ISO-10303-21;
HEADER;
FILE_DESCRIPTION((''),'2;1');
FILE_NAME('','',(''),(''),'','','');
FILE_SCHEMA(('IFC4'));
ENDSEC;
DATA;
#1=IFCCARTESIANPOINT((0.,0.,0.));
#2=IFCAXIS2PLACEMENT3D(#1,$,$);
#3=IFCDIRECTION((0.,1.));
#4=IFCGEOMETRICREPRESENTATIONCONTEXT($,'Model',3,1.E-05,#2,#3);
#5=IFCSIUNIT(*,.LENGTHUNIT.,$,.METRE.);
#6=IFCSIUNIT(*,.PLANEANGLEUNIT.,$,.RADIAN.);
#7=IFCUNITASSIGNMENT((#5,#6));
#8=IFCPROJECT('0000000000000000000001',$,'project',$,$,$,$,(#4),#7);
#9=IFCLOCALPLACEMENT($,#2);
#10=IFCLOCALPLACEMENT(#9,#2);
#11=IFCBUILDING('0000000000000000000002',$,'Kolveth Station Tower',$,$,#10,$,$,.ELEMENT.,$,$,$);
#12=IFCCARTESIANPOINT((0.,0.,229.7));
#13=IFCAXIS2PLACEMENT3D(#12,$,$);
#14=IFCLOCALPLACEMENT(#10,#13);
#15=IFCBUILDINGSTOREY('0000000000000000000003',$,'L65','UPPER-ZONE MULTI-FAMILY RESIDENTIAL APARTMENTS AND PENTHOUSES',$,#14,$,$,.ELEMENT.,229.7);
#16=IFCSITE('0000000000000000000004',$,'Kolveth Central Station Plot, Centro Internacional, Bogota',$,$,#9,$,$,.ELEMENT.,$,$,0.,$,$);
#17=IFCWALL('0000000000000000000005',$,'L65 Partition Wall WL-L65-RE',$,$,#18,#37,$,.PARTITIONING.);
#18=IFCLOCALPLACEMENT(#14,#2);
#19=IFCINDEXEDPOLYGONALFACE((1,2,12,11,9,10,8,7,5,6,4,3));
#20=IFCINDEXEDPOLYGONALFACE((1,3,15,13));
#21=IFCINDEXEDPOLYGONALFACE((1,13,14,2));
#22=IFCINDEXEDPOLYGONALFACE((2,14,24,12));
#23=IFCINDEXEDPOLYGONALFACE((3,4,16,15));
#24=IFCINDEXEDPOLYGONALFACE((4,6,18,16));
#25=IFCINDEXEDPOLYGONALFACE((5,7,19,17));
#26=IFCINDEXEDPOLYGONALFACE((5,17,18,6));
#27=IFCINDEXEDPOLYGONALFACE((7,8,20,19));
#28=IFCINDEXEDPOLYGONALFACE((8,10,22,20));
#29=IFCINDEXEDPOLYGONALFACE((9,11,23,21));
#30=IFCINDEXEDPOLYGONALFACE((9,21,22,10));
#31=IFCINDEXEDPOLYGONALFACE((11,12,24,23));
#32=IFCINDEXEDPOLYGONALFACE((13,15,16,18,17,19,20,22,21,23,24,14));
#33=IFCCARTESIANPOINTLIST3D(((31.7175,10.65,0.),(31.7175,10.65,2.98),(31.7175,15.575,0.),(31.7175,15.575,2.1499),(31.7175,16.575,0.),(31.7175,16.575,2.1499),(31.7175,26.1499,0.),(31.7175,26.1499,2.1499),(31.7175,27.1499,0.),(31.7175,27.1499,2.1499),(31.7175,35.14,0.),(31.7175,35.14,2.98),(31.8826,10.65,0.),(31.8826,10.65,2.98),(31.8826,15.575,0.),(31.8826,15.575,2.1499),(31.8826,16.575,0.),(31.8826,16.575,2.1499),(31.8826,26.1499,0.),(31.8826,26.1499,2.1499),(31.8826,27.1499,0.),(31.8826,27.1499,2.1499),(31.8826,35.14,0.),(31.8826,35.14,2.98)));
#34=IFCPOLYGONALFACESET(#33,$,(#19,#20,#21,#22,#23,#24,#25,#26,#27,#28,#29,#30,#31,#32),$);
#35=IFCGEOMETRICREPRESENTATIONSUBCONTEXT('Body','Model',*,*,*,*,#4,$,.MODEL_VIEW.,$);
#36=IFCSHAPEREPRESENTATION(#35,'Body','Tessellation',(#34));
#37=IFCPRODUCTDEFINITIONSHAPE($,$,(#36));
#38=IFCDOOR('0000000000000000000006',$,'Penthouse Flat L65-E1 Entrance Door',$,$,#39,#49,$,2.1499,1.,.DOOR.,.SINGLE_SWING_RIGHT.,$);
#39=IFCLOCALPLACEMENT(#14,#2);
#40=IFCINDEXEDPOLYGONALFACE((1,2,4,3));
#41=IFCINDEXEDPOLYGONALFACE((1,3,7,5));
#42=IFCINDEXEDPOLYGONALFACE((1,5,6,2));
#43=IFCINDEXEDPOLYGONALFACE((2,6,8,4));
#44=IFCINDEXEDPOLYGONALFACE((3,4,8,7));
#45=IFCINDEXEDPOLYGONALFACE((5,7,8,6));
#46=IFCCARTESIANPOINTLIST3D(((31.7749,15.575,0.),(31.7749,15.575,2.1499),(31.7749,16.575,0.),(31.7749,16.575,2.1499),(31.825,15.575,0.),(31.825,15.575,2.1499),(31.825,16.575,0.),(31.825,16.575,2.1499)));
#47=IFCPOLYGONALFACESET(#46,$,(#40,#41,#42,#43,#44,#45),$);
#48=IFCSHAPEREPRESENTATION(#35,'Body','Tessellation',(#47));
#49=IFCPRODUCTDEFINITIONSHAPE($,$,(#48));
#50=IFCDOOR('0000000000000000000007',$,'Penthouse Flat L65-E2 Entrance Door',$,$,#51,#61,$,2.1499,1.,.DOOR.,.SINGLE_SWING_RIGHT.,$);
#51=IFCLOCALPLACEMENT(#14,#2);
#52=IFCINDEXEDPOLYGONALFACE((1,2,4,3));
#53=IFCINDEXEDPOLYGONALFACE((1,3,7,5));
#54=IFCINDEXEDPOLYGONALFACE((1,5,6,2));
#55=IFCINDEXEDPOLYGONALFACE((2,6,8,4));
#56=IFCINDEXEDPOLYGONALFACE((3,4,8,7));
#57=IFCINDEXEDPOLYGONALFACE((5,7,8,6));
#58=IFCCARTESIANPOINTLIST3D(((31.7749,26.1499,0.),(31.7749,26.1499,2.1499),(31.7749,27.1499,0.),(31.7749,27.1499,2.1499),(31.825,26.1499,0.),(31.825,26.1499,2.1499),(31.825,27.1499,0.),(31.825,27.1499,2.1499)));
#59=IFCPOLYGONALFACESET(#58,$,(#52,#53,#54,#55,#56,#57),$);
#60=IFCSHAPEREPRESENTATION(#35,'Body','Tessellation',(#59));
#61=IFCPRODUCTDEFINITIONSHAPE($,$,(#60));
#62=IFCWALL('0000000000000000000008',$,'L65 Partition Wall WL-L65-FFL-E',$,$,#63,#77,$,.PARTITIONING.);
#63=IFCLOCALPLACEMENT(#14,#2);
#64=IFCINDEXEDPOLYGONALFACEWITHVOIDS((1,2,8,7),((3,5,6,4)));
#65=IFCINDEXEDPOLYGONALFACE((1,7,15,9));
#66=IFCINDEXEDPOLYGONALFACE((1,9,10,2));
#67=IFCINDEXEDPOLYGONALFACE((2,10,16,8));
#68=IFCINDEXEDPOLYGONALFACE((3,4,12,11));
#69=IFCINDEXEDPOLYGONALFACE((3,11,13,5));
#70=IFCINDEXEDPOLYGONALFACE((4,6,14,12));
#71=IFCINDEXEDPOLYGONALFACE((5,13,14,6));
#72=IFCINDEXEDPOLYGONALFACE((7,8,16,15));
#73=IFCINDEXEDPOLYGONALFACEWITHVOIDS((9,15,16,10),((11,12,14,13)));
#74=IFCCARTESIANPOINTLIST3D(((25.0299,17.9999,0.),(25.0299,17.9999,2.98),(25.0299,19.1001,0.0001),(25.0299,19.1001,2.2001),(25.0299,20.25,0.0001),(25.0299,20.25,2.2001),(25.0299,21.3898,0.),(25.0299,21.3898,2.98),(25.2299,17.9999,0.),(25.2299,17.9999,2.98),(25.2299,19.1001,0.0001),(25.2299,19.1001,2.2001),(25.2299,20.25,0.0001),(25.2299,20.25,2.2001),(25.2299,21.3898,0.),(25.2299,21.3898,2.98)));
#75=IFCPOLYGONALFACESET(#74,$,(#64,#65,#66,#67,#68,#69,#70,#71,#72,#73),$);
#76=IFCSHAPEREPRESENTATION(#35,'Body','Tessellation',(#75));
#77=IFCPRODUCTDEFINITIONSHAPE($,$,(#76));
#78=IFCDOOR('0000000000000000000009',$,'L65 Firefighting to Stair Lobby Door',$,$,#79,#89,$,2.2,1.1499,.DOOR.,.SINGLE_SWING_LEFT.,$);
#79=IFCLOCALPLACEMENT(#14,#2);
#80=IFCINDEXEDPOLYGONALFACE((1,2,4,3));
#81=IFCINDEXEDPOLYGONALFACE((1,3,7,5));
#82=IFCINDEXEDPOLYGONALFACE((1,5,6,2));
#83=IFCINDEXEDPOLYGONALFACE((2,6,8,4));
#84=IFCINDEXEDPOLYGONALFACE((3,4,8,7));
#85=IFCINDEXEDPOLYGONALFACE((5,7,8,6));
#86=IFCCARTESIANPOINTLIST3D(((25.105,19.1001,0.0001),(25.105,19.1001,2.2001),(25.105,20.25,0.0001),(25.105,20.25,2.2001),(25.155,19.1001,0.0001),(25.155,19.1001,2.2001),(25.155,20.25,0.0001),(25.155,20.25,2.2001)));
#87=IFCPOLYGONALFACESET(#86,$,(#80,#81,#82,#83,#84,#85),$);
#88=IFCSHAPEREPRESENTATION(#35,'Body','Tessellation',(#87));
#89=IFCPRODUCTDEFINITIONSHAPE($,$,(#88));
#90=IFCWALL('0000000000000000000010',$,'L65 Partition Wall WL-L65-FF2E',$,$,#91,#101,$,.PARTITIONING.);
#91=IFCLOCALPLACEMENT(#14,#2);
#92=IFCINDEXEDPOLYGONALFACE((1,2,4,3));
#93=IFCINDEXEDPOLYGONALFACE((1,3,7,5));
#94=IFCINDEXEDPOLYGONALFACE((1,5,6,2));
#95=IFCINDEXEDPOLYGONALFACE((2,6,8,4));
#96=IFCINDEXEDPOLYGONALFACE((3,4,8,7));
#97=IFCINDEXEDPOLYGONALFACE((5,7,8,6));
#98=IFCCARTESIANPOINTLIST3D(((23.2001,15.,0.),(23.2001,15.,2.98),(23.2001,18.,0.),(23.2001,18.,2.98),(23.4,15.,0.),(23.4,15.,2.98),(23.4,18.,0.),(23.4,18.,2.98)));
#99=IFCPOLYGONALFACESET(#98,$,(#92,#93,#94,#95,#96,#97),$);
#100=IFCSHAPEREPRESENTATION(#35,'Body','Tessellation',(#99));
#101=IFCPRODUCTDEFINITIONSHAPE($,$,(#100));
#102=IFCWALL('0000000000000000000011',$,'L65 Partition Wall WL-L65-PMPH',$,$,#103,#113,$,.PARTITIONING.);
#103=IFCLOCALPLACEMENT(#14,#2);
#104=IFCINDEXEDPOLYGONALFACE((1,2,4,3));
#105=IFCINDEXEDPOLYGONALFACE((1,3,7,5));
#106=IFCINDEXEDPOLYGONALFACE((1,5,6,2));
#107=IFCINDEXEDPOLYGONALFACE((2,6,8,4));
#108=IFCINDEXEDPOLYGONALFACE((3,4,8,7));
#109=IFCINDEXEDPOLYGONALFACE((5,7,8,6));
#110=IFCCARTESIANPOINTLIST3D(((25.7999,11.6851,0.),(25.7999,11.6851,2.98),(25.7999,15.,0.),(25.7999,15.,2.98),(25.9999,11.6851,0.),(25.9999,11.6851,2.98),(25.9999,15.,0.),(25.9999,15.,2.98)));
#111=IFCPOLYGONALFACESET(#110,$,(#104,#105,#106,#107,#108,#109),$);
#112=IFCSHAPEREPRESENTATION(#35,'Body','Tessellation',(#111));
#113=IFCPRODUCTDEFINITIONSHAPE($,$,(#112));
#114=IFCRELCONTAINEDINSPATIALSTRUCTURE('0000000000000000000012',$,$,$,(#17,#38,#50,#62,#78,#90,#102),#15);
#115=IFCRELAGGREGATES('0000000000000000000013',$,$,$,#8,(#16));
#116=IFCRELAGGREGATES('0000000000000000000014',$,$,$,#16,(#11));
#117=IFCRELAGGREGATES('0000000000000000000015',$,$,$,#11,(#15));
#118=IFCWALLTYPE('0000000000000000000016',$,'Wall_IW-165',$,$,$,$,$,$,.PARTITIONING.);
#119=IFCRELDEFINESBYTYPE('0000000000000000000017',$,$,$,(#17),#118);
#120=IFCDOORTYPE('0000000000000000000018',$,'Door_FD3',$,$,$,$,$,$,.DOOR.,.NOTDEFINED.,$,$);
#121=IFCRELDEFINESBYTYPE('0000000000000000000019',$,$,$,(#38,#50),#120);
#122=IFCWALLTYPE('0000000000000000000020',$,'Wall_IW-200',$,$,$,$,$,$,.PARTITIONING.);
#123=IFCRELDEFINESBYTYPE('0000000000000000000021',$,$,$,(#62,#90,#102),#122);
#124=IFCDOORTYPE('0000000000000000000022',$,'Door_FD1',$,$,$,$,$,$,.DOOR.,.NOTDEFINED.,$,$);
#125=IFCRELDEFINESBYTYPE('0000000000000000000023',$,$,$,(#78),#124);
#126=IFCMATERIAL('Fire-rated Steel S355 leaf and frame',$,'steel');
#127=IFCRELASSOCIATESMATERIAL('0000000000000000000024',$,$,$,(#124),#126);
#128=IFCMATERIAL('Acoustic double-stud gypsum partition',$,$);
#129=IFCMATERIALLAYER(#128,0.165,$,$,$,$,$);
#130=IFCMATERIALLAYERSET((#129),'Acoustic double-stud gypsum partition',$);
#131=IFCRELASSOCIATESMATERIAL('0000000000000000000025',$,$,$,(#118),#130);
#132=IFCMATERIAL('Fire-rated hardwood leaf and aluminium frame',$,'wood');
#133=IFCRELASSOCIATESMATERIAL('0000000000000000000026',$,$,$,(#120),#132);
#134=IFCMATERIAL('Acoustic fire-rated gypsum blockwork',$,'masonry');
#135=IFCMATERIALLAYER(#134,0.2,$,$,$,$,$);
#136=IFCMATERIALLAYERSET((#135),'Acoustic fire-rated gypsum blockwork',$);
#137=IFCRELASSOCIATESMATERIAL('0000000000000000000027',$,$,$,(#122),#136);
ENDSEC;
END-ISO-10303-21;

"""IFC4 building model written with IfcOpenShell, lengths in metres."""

from ifc_helpers import new_model, si_unit, direction, frame, frame_2d, origin, place, context, subcontext, project, spatial, rectangle, extrude, material, layer, layer_set, type_object, element, fill, save


model = new_model("IFC4")

# Units and contexts
model_context = context("Model", 3, precision=1e-05, world=origin(), true_north=direction((0.0, 1.0)))
body_context = subcontext(model_context, "Body", "Model", "MODEL_VIEW")
ifc_project = project(units=[si_unit("LENGTHUNIT", "METRE"), si_unit("PLANEANGLEUNIT", "RADIAN")], contexts=[model_context])

# Site, building, storey
site_placement = place(None, origin())
site = spatial("IfcSite", under=ifc_project, at=site_placement, Name="Kolveth Central Station Plot, Centro Internacional, Bogota", CompositionType="ELEMENT", RefElevation=0.0)
building_placement = place(site_placement, origin())
building = spatial("IfcBuilding", under=site, at=building_placement, Name="Kolveth Station Tower", CompositionType="ELEMENT")
storey_placement = place(building_placement, frame((0.0, 0.0, 229.7)))
storey = spatial("IfcBuildingStorey", under=building, at=storey_placement, Name="L65", Description="UPPER-ZONE MULTI-FAMILY RESIDENTIAL APARTMENTS AND PENTHOUSES", CompositionType="ELEMENT", Elevation=229.7)

# Shared definitions
ifc_material_1 = material(Name="Fire-rated Steel S355 leaf and frame", Category="steel")
door_type_1 = type_object("IfcDoorType", Name="Door_FD1", OperationType="NOTDEFINED", PredefinedType="DOOR", material=ifc_material_1)

# Shared definitions
ifc_material_2 = material(Name="Acoustic double-stud gypsum partition")
ifc_layer_1 = layer(ifc_material_2, 0.165)
ifc_layer_set_1 = layer_set([ifc_layer_1], Name="Acoustic double-stud gypsum partition")
wall_type_1 = type_object("IfcWallType", Name="Wall_IW-165", PredefinedType="PARTITIONING", material=ifc_layer_set_1)

# Wall, openings, doors
wall_1_placement = place(storey_placement, frame((31.8, 10.6499, 0.0), z_axis=(0.0, 0.0, 1.0), x_axis=(0.0, 1.0, 0.0)))
wall_1 = element("IfcWall", 1, at=wall_1_placement, inside=storey, type_object=wall_type_1, Name="L65 Partition Wall WL-L65-RE", PredefinedType="PARTITIONING", context=body_context, shape_type="SweptSolid", body=[
    extrude(rectangle(XDim=24.49, YDim=0.165, at=frame_2d((12.2451, 0.0))), origin(), (0.0, 0.0, 1.0), 2.98),
])
opening_1_placement = place(wall_1_placement, frame((4.925, 0.0, 0.0)))
opening_1 = element("IfcOpeningElement", 2, at=opening_1_placement, cuts=wall_1, PredefinedType="OPENING", context=body_context, shape_type="SweptSolid", body=[
    extrude(rectangle(XDim=1.0, YDim=2.1499, at=frame_2d((0.5, 1.075))), frame((0.0, 0.0925, 0.0), z_axis=(0.0, -1.0, 0.0), x_axis=(1.0, 0.0, 0.0)), (0.0, 0.0, 1.0), 0.1851),
])
opening_2_placement = place(wall_1_placement, frame((15.5, 0.0, 0.0)))
opening_2 = element("IfcOpeningElement", 3, at=opening_2_placement, cuts=wall_1, PredefinedType="OPENING", context=body_context, shape_type="SweptSolid", body=[
    extrude(rectangle(XDim=1.0, YDim=2.1499, at=frame_2d((0.5, 1.075))), frame((0.0, 0.0925, 0.0), z_axis=(0.0, -1.0, 0.0), x_axis=(1.0, 0.0, 0.0)), (0.0, 0.0, 1.0), 0.1851),
])
ifc_material_3 = material(Name="Fire-rated hardwood leaf and aluminium frame", Category="wood")
door_type_2 = type_object("IfcDoorType", Name="Door_FD3", OperationType="NOTDEFINED", PredefinedType="DOOR", material=ifc_material_3)
door_1_placement = place(opening_1_placement, frame((1.0, 0.0, 0.0), z_axis=(0.0, 0.0, 1.0), x_axis=(-1.0, 0.0, 0.0)))
door_1 = element("IfcDoor", 4, at=door_1_placement, inside=storey, type_object=door_type_2, Name="Penthouse Flat L65-E1 Entrance Door", OperationType="SINGLE_SWING_RIGHT", OverallHeight=2.1499, OverallWidth=1.0, PredefinedType="DOOR", context=body_context, shape_type="SweptSolid", body=[
    extrude(rectangle(XDim=1.0, YDim=2.1499, at=frame_2d((0.5, 1.075))), frame((0.0, 0.0249, 0.0), z_axis=(0.0, -1.0, 0.0), x_axis=(1.0, 0.0, 0.0)), (0.0, 0.0, 1.0), 0.05),
])
fill(opening_1, door_1)
door_2_placement = place(opening_2_placement, frame((1.0, 0.0, 0.0), z_axis=(0.0, 0.0, 1.0), x_axis=(-1.0, 0.0, 0.0)))
door_2 = element("IfcDoor", 5, at=door_2_placement, inside=storey, type_object=door_type_2, Name="Penthouse Flat L65-E2 Entrance Door", OperationType="SINGLE_SWING_RIGHT", OverallHeight=2.1499, OverallWidth=1.0, PredefinedType="DOOR", context=body_context, shape_type="SweptSolid", body=[
    extrude(rectangle(XDim=1.0, YDim=2.1499, at=frame_2d((0.5, 1.075))), frame((0.0, 0.0249, 0.0), z_axis=(0.0, -1.0, 0.0), x_axis=(1.0, 0.0, 0.0)), (0.0, 0.0, 1.0), 0.05),
])
fill(opening_2, door_2)

# Wall, opening, door
ifc_material_4 = material(Name="Acoustic fire-rated gypsum blockwork", Category="masonry")
ifc_layer_2 = layer(ifc_material_4, 0.2)
ifc_layer_set_2 = layer_set([ifc_layer_2], Name="Acoustic fire-rated gypsum blockwork")
wall_type_2 = type_object("IfcWallType", Name="Wall_IW-200", PredefinedType="PARTITIONING", material=ifc_layer_set_2)
wall_2_placement = place(storey_placement, frame((25.1299, 18.0, 0.0), z_axis=(0.0, 0.0, 1.0), x_axis=(0.0, 1.0, 0.0)))
wall_2 = element("IfcWall", 6, at=wall_2_placement, inside=storey, type_object=wall_type_2, Name="L65 Partition Wall WL-L65-FFL-E", PredefinedType="PARTITIONING", context=body_context, shape_type="SweptSolid", body=[
    extrude(rectangle(XDim=3.3899, YDim=0.2, at=frame_2d((1.6948, 0.0))), origin(), (0.0, 0.0, 1.0), 2.98),
])
opening_3_placement = place(wall_2_placement, frame((1.1001, 0.0, 0.0)))
opening_3 = element("IfcOpeningElement", 7, at=opening_3_placement, cuts=wall_2, PredefinedType="OPENING", context=body_context, shape_type="SweptSolid", body=[
    extrude(rectangle(XDim=1.1499, YDim=2.2, at=frame_2d((0.575, 1.1001))), frame((0.0, 0.1099, 0.0), z_axis=(0.0, -1.0, 0.0), x_axis=(1.0, 0.0, 0.0)), (0.0, 0.0, 1.0), 0.22),
])
door_3_placement = place(opening_3_placement, origin())
door_3 = element("IfcDoor", 8, at=door_3_placement, inside=storey, type_object=door_type_1, Name="L65 Firefighting to Stair Lobby Door", OperationType="SINGLE_SWING_LEFT", OverallHeight=2.2, OverallWidth=1.1499, PredefinedType="DOOR", context=body_context, shape_type="SweptSolid", body=[
    extrude(rectangle(XDim=1.1499, YDim=2.2, at=frame_2d((0.575, 1.1001))), frame((0.0, 0.0249, 0.0), z_axis=(0.0, -1.0, 0.0), x_axis=(1.0, 0.0, 0.0)), (0.0, 0.0, 1.0), 0.05),
])
fill(opening_3, door_3)

# Walls
wall_3_placement = place(storey_placement, frame((23.3, 15.0, 0.0), z_axis=(0.0, 0.0, 1.0), x_axis=(0.0, 1.0, 0.0)))
element("IfcWall", 9, at=wall_3_placement, inside=storey, type_object=wall_type_2, Name="L65 Partition Wall WL-L65-FF2E", PredefinedType="PARTITIONING", context=body_context, shape_type="SweptSolid", body=[
    extrude(rectangle(XDim=3.0, YDim=0.2, at=frame_2d((1.5, 0.0))), origin(), (0.0, 0.0, 1.0), 2.98),
])
wall_4_placement = place(storey_placement, frame((25.8999, 11.6851, 0.0), z_axis=(0.0, 0.0, 1.0), x_axis=(0.0, 1.0, 0.0)))
element("IfcWall", 10, at=wall_4_placement, inside=storey, type_object=wall_type_2, Name="L65 Partition Wall WL-L65-PMPH", PredefinedType="PARTITIONING", context=body_context, shape_type="SweptSolid", body=[
    extrude(rectangle(XDim=3.3149, YDim=0.2, at=frame_2d((1.6575, 0.0))), origin(), (0.0, 0.0, 1.0), 2.98),
])

save(model, "model.ifc")
